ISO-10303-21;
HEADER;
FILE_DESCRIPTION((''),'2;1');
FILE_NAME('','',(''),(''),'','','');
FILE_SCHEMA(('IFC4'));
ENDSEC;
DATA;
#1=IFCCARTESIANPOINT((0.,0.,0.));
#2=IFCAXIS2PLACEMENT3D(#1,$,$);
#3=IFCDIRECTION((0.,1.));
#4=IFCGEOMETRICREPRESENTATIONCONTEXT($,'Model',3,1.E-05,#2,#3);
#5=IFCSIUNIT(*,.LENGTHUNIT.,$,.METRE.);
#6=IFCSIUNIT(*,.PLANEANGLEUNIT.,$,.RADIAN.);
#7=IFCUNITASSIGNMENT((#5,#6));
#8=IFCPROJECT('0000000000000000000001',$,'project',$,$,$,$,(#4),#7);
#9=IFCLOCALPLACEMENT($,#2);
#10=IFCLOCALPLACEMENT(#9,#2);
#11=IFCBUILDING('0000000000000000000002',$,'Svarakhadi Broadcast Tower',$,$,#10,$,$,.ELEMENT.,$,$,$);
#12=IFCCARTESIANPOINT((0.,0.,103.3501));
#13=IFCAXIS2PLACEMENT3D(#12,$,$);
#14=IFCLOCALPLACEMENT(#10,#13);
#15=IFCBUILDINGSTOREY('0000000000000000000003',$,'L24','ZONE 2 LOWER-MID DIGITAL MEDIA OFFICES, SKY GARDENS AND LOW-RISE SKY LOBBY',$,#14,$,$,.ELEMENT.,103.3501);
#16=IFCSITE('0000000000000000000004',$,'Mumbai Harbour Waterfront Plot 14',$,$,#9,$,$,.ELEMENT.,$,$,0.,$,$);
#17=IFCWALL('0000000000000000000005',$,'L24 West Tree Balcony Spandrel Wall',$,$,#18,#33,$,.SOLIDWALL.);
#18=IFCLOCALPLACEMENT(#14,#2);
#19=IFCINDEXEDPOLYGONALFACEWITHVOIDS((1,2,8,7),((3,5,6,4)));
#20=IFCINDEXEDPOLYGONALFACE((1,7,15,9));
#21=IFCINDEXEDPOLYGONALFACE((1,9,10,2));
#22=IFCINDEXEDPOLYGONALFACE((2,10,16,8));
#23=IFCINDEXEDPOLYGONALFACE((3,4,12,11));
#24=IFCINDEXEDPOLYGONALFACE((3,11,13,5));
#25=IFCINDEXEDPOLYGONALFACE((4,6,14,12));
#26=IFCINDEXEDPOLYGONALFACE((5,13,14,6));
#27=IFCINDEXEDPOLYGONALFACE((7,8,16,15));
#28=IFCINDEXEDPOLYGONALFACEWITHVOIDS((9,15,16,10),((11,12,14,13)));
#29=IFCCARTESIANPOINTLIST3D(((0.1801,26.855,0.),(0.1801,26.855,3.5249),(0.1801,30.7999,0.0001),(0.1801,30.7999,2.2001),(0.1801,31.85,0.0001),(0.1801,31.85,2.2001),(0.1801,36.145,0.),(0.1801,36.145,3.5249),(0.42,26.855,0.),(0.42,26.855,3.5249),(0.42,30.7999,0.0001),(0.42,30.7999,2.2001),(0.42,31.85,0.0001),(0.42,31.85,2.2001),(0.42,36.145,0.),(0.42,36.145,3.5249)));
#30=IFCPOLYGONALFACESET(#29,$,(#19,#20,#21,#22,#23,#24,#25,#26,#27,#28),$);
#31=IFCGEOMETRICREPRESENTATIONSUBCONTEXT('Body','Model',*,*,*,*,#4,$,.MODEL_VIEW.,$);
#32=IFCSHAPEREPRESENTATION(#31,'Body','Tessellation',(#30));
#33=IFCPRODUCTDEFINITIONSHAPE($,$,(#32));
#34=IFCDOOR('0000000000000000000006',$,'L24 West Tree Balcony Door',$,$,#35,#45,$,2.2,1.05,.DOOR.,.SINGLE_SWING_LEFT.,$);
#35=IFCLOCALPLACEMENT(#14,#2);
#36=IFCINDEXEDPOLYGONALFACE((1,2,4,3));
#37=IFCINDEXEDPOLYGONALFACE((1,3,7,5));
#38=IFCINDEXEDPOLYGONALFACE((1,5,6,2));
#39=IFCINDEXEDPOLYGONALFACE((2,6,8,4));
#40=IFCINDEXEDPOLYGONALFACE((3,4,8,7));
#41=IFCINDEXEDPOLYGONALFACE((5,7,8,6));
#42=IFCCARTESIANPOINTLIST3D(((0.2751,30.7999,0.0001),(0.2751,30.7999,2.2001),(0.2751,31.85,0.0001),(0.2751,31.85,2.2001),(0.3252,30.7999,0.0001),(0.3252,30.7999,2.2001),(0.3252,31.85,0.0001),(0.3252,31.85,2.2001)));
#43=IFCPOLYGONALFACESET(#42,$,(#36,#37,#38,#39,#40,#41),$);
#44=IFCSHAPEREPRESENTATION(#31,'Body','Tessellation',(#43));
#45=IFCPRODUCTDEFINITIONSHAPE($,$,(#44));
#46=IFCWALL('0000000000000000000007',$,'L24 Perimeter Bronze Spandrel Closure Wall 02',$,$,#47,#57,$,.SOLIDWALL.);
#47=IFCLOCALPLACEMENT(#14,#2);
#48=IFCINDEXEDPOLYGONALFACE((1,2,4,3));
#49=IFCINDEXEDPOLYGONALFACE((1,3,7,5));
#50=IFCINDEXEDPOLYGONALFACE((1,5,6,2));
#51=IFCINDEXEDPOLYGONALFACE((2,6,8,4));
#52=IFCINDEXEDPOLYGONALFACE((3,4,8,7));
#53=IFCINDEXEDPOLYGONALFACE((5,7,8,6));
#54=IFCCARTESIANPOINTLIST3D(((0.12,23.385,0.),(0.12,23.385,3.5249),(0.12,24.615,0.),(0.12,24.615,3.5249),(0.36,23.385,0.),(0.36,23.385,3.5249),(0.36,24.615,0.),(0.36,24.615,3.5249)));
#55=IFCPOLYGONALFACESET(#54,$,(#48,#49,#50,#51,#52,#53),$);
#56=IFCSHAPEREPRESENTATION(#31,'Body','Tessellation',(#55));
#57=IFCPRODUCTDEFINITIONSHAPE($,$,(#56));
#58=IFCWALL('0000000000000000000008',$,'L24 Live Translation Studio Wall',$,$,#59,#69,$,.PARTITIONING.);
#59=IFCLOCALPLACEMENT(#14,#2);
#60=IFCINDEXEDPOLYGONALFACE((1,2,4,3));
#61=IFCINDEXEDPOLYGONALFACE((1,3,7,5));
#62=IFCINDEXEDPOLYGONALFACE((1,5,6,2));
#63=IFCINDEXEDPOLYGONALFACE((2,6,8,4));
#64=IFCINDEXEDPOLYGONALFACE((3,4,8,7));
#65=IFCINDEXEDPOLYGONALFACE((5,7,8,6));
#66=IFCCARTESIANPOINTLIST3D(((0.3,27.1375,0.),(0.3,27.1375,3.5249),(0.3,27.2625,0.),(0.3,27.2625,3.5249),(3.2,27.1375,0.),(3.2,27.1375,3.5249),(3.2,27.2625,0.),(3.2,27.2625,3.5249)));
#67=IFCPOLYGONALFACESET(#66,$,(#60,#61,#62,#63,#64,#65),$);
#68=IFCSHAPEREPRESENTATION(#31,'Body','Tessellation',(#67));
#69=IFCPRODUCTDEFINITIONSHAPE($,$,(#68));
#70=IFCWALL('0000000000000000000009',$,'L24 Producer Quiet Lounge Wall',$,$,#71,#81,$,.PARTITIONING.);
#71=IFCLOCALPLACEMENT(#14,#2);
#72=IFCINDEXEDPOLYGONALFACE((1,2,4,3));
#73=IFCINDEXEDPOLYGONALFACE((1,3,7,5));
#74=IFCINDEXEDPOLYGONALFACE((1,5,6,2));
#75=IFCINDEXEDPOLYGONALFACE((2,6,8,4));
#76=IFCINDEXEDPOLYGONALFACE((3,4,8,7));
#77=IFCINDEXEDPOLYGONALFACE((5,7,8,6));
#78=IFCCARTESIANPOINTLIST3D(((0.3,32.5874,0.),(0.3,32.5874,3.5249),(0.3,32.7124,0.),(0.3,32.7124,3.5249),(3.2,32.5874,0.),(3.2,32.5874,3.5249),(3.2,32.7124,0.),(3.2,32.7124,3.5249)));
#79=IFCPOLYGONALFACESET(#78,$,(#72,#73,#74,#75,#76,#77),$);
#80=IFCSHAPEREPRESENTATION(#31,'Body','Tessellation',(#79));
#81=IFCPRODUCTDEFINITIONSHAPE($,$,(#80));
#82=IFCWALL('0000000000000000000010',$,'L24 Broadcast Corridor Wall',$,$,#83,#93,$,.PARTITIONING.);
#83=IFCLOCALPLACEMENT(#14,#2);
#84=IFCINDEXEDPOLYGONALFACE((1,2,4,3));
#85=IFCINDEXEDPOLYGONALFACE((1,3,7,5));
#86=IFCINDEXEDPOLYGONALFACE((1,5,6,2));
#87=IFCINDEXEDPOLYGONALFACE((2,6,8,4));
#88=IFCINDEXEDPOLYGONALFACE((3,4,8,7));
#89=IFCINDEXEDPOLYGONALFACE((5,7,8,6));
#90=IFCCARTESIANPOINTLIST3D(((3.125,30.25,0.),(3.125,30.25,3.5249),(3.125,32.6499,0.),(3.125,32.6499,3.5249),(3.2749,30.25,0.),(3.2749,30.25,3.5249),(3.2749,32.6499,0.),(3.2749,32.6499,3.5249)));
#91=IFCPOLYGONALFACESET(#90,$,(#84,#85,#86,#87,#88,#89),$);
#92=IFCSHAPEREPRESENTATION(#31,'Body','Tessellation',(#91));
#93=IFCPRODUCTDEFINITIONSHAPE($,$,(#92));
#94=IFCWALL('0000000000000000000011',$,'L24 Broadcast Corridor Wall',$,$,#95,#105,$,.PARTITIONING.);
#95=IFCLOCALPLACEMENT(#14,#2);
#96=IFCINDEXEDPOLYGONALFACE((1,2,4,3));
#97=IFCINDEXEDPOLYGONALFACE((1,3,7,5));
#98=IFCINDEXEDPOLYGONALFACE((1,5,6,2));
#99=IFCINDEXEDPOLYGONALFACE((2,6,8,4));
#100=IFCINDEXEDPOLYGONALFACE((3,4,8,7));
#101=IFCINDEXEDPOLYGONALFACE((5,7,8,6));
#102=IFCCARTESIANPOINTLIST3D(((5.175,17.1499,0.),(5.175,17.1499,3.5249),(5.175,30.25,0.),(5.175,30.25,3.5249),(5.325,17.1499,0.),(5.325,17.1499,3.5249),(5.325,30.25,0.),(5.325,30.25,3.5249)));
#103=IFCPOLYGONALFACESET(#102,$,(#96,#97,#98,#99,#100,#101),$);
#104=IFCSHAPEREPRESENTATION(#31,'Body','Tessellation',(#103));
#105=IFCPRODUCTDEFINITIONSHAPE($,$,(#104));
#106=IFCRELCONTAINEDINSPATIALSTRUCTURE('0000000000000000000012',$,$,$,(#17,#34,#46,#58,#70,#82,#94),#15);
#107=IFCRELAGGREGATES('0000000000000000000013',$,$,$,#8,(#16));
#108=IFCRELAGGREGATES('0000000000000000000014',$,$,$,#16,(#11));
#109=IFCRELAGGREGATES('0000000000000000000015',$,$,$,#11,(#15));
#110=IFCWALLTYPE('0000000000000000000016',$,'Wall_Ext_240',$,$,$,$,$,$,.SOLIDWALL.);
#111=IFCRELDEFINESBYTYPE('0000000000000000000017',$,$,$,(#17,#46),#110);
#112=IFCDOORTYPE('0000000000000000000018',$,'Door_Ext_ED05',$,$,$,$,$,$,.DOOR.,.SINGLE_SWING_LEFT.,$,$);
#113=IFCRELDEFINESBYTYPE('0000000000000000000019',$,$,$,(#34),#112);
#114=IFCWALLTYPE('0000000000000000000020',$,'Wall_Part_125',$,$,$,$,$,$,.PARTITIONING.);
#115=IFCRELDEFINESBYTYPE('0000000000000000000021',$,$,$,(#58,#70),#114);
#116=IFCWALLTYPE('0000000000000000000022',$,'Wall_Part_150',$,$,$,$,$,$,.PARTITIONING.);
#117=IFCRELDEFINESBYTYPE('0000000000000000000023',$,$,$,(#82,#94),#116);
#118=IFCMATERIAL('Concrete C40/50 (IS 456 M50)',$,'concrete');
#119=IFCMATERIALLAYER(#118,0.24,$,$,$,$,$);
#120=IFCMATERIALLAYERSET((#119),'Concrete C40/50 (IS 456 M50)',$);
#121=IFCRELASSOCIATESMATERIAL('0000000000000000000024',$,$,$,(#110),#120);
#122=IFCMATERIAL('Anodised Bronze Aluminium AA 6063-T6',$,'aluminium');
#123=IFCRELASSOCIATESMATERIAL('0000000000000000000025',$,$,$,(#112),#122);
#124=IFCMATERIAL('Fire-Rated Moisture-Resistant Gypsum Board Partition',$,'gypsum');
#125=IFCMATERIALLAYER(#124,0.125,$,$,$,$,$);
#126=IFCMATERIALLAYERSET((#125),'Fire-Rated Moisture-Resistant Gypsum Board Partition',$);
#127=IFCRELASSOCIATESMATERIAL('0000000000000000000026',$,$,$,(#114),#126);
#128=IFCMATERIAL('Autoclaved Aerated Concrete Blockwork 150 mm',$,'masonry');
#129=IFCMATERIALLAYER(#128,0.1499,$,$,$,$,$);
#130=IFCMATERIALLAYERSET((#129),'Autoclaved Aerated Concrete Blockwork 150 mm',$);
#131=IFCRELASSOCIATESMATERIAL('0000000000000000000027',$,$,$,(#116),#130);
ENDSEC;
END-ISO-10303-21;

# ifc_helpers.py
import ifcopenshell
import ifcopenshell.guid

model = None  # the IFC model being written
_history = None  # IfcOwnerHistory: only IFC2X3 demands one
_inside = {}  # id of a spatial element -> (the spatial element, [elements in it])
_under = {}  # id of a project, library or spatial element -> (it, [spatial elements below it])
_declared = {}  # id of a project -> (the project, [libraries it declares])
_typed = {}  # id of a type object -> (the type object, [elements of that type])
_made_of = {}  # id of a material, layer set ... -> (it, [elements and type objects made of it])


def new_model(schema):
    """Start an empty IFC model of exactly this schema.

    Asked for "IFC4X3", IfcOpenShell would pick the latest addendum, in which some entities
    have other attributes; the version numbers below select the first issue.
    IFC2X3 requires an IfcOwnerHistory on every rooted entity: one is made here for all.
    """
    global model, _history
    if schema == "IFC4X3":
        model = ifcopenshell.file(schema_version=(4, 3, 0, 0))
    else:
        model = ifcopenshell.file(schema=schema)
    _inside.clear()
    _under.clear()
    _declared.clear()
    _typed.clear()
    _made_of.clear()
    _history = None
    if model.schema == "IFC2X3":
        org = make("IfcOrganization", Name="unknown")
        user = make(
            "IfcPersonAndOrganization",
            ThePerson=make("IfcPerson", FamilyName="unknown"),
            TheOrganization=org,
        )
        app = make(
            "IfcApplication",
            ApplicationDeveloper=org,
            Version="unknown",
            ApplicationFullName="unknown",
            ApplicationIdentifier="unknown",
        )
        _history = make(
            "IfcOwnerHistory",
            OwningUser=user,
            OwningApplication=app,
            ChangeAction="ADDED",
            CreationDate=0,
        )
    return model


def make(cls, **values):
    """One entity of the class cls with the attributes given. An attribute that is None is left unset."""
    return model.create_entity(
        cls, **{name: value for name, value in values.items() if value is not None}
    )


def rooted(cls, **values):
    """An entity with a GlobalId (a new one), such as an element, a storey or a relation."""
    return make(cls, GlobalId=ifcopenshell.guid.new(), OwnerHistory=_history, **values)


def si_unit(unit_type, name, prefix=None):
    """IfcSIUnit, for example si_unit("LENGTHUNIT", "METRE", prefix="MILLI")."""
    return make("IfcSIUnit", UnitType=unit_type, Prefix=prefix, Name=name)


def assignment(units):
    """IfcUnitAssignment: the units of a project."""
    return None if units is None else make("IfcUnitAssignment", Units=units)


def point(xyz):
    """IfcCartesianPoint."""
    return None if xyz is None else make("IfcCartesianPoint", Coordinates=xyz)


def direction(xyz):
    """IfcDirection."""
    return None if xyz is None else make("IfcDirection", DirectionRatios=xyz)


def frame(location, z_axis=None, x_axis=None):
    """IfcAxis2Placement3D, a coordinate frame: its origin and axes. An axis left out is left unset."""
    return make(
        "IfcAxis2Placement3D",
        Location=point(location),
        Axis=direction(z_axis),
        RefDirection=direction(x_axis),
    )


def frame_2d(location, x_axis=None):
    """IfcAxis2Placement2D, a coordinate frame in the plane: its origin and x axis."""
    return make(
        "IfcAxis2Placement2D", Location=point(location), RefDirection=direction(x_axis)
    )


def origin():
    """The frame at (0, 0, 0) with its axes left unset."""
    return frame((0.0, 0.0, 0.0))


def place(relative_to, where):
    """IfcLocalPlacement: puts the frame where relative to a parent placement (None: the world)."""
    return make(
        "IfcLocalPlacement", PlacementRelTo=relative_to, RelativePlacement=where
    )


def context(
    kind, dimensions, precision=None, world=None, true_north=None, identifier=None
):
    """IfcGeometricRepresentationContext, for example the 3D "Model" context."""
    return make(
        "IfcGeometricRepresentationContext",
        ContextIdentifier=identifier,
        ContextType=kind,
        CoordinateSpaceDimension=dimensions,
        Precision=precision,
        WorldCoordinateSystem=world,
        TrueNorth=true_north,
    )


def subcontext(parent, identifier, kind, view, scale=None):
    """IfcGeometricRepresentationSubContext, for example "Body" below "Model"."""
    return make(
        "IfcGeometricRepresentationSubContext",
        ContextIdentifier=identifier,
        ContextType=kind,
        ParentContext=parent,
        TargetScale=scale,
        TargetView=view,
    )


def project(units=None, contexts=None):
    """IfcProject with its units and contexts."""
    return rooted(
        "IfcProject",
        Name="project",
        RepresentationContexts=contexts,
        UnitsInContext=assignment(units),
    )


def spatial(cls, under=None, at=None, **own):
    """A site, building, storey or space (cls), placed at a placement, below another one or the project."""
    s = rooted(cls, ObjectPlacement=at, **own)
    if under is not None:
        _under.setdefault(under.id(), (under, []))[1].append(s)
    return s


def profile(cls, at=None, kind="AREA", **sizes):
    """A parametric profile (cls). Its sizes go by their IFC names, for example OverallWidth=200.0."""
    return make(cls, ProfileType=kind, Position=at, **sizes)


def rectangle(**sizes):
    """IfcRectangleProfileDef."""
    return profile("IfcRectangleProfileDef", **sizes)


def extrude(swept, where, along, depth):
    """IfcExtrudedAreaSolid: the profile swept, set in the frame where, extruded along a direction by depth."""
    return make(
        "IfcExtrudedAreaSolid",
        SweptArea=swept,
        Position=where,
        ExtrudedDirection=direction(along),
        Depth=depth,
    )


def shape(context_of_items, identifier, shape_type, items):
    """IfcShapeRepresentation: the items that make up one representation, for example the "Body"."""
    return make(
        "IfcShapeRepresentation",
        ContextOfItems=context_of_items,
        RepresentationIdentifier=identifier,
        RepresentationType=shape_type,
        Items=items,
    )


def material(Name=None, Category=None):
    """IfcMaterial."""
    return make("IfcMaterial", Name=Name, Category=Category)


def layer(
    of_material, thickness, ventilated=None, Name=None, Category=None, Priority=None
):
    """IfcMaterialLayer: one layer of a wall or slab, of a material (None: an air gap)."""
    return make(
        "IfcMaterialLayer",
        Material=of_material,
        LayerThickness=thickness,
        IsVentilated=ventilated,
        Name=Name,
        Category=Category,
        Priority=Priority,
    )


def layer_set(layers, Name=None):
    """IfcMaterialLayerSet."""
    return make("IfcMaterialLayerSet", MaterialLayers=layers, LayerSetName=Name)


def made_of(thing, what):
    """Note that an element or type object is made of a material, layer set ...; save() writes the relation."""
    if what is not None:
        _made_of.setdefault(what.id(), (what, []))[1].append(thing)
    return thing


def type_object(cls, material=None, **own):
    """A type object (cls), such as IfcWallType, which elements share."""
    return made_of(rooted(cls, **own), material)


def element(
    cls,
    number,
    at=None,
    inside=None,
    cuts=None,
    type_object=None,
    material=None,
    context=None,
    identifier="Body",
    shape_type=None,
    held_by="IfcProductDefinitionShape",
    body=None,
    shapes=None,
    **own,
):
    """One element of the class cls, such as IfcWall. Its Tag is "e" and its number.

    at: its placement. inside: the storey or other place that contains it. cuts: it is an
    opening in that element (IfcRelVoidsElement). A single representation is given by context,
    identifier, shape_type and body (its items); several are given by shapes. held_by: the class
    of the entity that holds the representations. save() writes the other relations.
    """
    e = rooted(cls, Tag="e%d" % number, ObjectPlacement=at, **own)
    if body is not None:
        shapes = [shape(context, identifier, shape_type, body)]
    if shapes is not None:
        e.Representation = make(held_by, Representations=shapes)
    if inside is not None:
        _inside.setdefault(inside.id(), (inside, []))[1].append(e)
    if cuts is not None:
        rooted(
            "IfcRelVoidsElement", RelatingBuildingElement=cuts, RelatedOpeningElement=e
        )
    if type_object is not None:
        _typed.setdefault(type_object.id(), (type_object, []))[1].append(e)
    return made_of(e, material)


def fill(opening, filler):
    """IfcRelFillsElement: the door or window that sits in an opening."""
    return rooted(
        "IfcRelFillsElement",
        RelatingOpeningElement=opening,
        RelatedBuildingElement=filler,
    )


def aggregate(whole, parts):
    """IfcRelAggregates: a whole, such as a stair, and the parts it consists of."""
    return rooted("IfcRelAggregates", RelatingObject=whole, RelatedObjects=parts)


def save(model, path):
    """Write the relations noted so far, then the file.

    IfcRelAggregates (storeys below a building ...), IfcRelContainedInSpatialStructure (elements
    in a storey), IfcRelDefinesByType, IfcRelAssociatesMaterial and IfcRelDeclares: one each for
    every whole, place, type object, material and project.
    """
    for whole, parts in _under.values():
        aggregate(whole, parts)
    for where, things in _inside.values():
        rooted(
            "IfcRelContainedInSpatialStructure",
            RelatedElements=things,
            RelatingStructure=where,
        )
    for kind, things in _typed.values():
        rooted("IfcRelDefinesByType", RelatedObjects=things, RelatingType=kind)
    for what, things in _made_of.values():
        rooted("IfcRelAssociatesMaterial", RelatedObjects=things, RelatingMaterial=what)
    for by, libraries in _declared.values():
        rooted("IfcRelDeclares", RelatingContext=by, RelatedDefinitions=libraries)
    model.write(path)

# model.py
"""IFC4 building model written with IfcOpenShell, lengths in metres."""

from ifc_helpers import new_model, si_unit, direction, frame, frame_2d, origin, place, context, subcontext, project, spatial, rectangle, extrude, material, layer, layer_set, type_object, element, fill, save


model = new_model("IFC4")

# Units and contexts
model_context = context("Model", 3, precision=1e-05, world=origin(), true_north=direction((0.0, 1.0)))
body_context = subcontext(model_context, "Body", "Model", "MODEL_VIEW")
ifc_project = project(units=[si_unit("LENGTHUNIT", "METRE"), si_unit("PLANEANGLEUNIT", "RADIAN")], contexts=[model_context])

# Site, building, storey
site_placement = place(None, origin())
site = spatial("IfcSite", under=ifc_project, at=site_placement, Name="Mumbai Harbour Waterfront Plot 14", CompositionType="ELEMENT", RefElevation=0.0)
building_placement = place(site_placement, origin())
building = spatial("IfcBuilding", under=site, at=building_placement, Name="Svarakhadi Broadcast Tower", CompositionType="ELEMENT")
storey_placement = place(building_placement, frame((0.0, 0.0, 103.3501)))
storey = spatial("IfcBuildingStorey", under=building, at=storey_placement, Name="L24", Description="ZONE 2 LOWER-MID DIGITAL MEDIA OFFICES, SKY GARDENS AND LOW-RISE SKY LOBBY", CompositionType="ELEMENT", Elevation=103.3501)

# Shared definitions
ifc_material_1 = material(Name="Anodised Bronze Aluminium AA 6063-T6", Category="aluminium")

# Wall, opening, door
ifc_material_2 = material(Name="Concrete C40/50 (IS 456 M50)", Category="concrete")
ifc_layer_1 = layer(ifc_material_2, 0.24)
ifc_layer_set_1 = layer_set([ifc_layer_1], Name="Concrete C40/50 (IS 456 M50)")
wall_type_1 = type_object("IfcWallType", Name="Wall_Ext_240", PredefinedType="SOLIDWALL", material=ifc_layer_set_1)
wall_1_placement = place(storey_placement, frame((0.3, 26.855, 0.0), z_axis=(0.0, 0.0, 1.0), x_axis=(0.0, 1.0, 0.0)))
wall_1 = element("IfcWall", 1, at=wall_1_placement, inside=storey, type_object=wall_type_1, Name="L24 West Tree Balcony Spandrel Wall", PredefinedType="SOLIDWALL", context=body_context, shape_type="SweptSolid", body=[
    extrude(rectangle(XDim=9.29, YDim=0.24, at=frame_2d((4.645, 0.0))), origin(), (0.0, 0.0, 1.0), 3.5249),
])
opening_1_placement = place(wall_1_placement, frame((3.9451, 0.0, 0.0)))
opening_1 = element("IfcOpeningElement", 2, at=opening_1_placement, cuts=wall_1, PredefinedType="OPENING", context=body_context, shape_type="SweptSolid", body=[
    extrude(rectangle(XDim=1.05, YDim=2.2, at=frame_2d((0.5249, 1.1001))), frame((0.0, 0.1299, 0.0), z_axis=(0.0, -1.0, 0.0), x_axis=(1.0, 0.0, 0.0)), (0.0, 0.0, 1.0), 0.26),
])
door_type_1 = type_object("IfcDoorType", Name="Door_Ext_ED05", OperationType="SINGLE_SWING_LEFT", PredefinedType="DOOR", material=ifc_material_1)
door_1_placement = place(opening_1_placement, origin())
door_1 = element("IfcDoor", 3, at=door_1_placement, inside=storey, type_object=door_type_1, Name="L24 West Tree Balcony Door", OperationType="SINGLE_SWING_LEFT", OverallHeight=2.2, OverallWidth=1.05, PredefinedType="DOOR", context=body_context, shape_type="SweptSolid", body=[
    extrude(rectangle(XDim=1.05, YDim=2.2, at=frame_2d((0.5249, 1.1001))), frame((0.0, 0.0249, 0.0), z_axis=(0.0, -1.0, 0.0), x_axis=(1.0, 0.0, 0.0)), (0.0, 0.0, 1.0), 0.05),
])
fill(opening_1, door_1)

# Walls
wall_2_placement = place(storey_placement, frame((0.24, 23.385, 0.0), z_axis=(0.0, 0.0, 1.0), x_axis=(0.0, 1.0, 0.0)))
element("IfcWall", 4, at=wall_2_placement, inside=storey, type_object=wall_type_1, Name="L24 Perimeter Bronze Spandrel Closure Wall 02", PredefinedType="SOLIDWALL", context=body_context, shape_type="SweptSolid", body=[
    extrude(rectangle(XDim=1.23, YDim=0.24, at=frame_2d((0.615, 0.0))), origin(), (0.0, 0.0, 1.0), 3.5249),
])
ifc_material_3 = material(Name="Fire-Rated Moisture-Resistant Gypsum Board Partition", Category="gypsum")
ifc_layer_2 = layer(ifc_material_3, 0.125)
ifc_layer_set_2 = layer_set([ifc_layer_2], Name="Fire-Rated Moisture-Resistant Gypsum Board Partition")
wall_type_2 = type_object("IfcWallType", Name="Wall_Part_125", PredefinedType="PARTITIONING", material=ifc_layer_set_2)
for number, where, z_axis, x_axis, name in (
    (5, (0.3, 27.2, 0.0), (0.0, 0.0, 1.0), (1.0, 0.0, 0.0), "L24 Live Translation Studio Wall"),
    (6, (0.3, 32.6499, 0.0), (0.0, 0.0, 1.0), (1.0, 0.0, 0.0), "L24 Producer Quiet Lounge Wall"),
):
    element("IfcWall", number, at=place(storey_placement, frame(where, z_axis=z_axis, x_axis=x_axis)), inside=storey, type_object=wall_type_2, Name=name, PredefinedType="PARTITIONING", context=body_context, shape_type="SweptSolid", body=[
        extrude(rectangle(XDim=2.8999, YDim=0.125, at=frame_2d((1.45, 0.0))), origin(), (0.0, 0.0, 1.0), 3.5249),
    ])
ifc_material_4 = material(Name="Autoclaved Aerated Concrete Blockwork 150 mm", Category="masonry")
ifc_layer_3 = layer(ifc_material_4, 0.1499)
ifc_layer_set_3 = layer_set([ifc_layer_3], Name="Autoclaved Aerated Concrete Blockwork 150 mm")
wall_type_3 = type_object("IfcWallType", Name="Wall_Part_150", PredefinedType="PARTITIONING", material=ifc_layer_set_3)
wall_3_placement = place(storey_placement, frame((3.2, 30.25, 0.0), z_axis=(0.0, 0.0, 1.0), x_axis=(0.0, 1.0, 0.0)))
element("IfcWall", 7, at=wall_3_placement, inside=storey, type_object=wall_type_3, Name="L24 Broadcast Corridor Wall", PredefinedType="PARTITIONING", context=body_context, shape_type="SweptSolid", body=[
    extrude(rectangle(XDim=2.3999, YDim=0.1499, at=frame_2d((1.2, 0.0))), origin(), (0.0, 0.0, 1.0), 3.5249),
])
wall_4_placement = place(storey_placement, frame((5.25, 30.25, 0.0), z_axis=(0.0, 0.0, 1.0), x_axis=(0.0, -1.0, 0.0)))
element("IfcWall", 8, at=wall_4_placement, inside=storey, type_object=wall_type_3, Name="L24 Broadcast Corridor Wall", PredefinedType="PARTITIONING", context=body_context, shape_type="SweptSolid", body=[
    extrude(rectangle(XDim=13.1001, YDim=0.1499, at=frame_2d((6.55, 0.0))), origin(), (0.0, 0.0, 1.0), 3.5249),
])

save(model, "model.ifc")
